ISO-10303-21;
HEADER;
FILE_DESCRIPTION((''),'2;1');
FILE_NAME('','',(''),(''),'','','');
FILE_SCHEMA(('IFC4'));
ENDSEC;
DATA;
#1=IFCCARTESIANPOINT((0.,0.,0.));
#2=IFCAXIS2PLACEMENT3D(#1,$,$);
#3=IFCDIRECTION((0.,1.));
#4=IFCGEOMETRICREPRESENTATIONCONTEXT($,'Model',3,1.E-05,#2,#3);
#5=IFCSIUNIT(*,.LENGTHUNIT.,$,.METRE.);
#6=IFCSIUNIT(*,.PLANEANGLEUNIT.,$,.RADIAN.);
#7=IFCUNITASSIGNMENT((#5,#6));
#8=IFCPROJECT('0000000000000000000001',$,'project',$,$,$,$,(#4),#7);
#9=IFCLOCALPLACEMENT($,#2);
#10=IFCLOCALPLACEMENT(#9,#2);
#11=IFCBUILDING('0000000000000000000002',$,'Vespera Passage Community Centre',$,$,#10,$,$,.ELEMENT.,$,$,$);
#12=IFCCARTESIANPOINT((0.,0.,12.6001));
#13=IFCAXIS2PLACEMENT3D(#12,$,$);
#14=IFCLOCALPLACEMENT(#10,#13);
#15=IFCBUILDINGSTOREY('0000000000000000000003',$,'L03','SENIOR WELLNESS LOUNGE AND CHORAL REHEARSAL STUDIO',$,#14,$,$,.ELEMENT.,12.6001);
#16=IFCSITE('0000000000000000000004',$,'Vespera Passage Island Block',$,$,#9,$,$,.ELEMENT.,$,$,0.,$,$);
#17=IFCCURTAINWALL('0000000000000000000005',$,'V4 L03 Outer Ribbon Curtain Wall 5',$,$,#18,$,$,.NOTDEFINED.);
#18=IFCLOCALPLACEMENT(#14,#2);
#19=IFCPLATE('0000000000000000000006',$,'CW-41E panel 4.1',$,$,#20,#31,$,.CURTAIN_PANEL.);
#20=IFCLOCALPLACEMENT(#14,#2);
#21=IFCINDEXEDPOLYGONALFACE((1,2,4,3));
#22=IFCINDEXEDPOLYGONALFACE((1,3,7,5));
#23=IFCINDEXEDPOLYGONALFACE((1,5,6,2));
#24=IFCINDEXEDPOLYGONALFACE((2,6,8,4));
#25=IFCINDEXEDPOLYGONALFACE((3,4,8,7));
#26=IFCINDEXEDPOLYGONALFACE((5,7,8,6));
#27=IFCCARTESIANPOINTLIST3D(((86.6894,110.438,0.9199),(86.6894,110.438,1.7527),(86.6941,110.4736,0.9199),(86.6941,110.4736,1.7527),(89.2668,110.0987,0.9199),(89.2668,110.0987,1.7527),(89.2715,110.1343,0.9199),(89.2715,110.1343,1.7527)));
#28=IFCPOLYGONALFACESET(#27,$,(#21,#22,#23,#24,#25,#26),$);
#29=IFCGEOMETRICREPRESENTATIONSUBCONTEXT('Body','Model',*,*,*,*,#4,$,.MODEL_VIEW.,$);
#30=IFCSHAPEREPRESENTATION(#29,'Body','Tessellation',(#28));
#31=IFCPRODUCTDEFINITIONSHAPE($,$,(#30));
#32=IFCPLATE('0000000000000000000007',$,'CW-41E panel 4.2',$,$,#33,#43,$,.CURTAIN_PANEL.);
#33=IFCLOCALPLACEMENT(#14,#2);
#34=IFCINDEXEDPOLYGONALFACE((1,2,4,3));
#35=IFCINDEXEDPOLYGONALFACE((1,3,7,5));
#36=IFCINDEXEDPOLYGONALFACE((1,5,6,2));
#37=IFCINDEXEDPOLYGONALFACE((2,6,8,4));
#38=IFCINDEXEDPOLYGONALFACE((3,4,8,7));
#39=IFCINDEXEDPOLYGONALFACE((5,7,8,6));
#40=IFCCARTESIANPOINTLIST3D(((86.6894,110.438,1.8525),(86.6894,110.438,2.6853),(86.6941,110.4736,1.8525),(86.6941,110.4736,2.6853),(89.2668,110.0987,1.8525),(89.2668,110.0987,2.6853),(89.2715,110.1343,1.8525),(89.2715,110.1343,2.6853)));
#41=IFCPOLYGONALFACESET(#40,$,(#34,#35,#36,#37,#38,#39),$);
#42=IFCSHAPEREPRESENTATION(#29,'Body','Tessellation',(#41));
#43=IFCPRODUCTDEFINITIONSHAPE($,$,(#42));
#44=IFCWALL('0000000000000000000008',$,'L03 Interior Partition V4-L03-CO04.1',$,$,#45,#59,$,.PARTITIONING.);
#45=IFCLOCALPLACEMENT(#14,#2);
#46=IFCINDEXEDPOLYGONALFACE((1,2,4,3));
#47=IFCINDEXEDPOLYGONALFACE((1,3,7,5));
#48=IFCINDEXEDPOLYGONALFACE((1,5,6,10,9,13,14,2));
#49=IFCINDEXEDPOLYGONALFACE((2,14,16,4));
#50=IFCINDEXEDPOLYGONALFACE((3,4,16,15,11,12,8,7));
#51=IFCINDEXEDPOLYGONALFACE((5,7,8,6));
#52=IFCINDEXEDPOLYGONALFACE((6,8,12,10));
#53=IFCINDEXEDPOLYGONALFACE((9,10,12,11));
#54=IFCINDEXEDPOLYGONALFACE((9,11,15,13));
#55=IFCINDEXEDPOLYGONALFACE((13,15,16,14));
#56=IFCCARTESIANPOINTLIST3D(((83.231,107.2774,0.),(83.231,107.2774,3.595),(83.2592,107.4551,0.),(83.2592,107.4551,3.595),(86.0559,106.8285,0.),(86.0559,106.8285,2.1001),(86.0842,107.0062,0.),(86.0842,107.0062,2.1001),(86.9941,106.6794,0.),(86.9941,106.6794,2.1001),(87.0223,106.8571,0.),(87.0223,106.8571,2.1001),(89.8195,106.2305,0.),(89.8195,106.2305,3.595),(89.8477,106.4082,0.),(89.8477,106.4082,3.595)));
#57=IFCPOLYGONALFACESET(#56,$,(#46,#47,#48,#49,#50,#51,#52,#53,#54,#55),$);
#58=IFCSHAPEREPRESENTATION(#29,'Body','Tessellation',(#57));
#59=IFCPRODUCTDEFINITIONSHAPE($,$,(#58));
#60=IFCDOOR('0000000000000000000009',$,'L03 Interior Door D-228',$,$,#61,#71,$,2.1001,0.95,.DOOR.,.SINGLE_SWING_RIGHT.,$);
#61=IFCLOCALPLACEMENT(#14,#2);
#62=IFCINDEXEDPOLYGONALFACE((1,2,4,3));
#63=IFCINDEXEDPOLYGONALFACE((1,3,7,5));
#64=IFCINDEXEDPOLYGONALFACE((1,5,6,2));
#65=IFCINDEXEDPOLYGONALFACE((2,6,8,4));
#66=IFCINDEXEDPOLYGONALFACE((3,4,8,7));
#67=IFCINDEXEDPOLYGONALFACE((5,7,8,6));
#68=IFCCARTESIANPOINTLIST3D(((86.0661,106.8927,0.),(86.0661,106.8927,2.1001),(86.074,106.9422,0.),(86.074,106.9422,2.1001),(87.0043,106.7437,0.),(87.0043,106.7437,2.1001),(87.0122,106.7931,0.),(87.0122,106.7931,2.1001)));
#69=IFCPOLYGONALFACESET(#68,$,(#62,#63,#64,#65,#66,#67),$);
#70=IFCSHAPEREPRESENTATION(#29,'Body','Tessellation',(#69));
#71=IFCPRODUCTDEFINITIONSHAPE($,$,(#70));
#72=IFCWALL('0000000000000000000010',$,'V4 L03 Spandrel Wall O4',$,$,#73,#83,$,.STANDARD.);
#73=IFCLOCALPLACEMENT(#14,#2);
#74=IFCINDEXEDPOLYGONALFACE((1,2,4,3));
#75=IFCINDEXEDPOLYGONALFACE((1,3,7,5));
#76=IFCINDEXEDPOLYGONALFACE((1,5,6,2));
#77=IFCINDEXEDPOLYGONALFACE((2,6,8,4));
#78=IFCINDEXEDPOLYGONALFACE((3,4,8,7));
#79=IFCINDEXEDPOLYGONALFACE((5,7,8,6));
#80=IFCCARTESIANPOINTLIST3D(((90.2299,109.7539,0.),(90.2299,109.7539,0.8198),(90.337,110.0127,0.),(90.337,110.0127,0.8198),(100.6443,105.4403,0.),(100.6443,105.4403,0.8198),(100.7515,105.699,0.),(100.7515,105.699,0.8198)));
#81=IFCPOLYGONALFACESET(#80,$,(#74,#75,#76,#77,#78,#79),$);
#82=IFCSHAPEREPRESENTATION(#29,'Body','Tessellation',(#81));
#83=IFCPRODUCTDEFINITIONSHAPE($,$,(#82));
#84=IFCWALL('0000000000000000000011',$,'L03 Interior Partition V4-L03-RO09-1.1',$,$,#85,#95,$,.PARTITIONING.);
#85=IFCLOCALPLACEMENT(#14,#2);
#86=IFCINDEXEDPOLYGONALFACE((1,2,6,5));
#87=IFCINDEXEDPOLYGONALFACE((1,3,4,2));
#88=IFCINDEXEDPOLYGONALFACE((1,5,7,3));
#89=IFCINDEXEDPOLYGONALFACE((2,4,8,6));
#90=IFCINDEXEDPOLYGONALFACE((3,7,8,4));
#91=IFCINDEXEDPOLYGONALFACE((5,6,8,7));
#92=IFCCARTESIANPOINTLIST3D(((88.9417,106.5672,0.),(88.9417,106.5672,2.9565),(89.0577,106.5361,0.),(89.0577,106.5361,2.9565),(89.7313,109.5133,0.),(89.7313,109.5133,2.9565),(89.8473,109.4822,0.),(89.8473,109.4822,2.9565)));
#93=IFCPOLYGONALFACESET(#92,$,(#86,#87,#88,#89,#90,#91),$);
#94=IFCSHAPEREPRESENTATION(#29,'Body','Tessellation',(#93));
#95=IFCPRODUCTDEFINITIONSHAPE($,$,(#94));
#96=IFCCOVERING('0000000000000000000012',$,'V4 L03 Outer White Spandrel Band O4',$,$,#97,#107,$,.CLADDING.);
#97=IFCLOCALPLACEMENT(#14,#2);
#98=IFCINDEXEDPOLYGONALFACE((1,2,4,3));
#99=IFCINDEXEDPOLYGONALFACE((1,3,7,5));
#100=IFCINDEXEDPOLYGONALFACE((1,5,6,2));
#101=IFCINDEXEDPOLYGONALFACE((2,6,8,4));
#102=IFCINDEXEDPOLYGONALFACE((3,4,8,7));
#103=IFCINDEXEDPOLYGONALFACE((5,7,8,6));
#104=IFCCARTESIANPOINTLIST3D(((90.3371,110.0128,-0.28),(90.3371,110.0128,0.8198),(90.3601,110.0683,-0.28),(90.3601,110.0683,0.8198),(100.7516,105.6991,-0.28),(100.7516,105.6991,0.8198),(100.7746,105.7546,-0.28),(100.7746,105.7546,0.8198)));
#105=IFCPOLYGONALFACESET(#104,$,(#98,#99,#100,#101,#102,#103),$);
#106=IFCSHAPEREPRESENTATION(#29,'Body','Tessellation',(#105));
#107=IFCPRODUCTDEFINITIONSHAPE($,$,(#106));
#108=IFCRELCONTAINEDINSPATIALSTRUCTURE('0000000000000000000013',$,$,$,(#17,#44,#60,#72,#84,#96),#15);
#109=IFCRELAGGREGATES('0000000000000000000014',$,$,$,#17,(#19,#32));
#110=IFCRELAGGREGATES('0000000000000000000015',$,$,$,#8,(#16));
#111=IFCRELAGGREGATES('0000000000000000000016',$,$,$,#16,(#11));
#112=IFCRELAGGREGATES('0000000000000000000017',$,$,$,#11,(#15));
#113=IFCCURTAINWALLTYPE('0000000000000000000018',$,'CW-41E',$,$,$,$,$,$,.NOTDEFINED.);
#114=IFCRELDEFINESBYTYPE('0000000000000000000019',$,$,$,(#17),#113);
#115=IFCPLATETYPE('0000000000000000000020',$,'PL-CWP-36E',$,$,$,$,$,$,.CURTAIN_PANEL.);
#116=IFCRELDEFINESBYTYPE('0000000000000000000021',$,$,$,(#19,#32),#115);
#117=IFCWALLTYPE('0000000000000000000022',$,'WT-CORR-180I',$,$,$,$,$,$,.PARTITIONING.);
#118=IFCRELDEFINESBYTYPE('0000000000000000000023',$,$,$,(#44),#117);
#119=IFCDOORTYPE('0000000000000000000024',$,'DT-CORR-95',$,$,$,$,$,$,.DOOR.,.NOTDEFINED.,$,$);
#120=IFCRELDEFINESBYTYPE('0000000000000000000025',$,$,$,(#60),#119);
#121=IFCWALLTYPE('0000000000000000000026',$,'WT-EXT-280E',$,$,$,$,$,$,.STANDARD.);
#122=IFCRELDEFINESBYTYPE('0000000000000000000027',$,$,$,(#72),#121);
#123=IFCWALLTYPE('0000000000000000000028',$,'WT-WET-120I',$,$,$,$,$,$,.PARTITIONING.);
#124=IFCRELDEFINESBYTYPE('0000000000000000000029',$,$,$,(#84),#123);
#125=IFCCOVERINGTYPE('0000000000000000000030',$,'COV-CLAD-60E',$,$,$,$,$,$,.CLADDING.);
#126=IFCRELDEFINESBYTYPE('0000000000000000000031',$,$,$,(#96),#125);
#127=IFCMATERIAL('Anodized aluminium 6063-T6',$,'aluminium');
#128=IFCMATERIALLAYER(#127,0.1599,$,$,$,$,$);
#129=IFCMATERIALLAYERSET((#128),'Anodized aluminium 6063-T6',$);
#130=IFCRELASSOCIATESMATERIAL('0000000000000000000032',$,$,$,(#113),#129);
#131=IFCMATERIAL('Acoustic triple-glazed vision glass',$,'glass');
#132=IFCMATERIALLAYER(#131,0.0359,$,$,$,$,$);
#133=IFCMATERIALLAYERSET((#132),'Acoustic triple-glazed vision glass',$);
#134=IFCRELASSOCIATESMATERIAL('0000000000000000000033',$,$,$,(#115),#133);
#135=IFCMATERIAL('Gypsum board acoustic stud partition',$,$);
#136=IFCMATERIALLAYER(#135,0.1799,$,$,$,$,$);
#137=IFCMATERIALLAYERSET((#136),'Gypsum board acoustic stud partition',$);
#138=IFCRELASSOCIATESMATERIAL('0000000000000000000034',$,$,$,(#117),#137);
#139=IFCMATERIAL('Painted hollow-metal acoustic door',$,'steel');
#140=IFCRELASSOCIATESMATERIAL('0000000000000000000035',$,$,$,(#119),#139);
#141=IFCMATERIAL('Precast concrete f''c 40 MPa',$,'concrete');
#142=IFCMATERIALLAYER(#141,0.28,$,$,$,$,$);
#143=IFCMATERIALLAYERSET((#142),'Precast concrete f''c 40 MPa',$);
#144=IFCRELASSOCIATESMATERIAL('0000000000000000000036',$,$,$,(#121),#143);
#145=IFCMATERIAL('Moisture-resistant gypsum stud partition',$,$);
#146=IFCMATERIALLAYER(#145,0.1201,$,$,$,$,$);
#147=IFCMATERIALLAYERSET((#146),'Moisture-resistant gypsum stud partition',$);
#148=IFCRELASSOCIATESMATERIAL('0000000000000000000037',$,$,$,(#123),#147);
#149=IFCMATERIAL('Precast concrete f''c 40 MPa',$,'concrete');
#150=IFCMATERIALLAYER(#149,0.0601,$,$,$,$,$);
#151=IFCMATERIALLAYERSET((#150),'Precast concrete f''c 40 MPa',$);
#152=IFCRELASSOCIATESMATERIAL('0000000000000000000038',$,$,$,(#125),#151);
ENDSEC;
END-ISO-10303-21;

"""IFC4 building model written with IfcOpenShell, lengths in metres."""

from ifc_helpers import new_model, si_unit, direction, frame, frame_2d, origin, origin_2d, place, context, subcontext, project, spatial, rectangle, extrude, material, layer, layer_set, type_object, element, fill, aggregate, save


model = new_model("IFC4")

# Units and contexts
model_context = context("Model", 3, precision=1e-05, world=origin(), true_north=direction((0.0, 1.0)))
body_context = subcontext(model_context, "Body", "Model", "MODEL_VIEW")
ifc_project = project(units=[si_unit("LENGTHUNIT", "METRE"), si_unit("PLANEANGLEUNIT", "RADIAN")], contexts=[model_context])

# Site, building, storey
site_placement = place(None, origin())
site = spatial("IfcSite", under=ifc_project, at=site_placement, Name="Vespera Passage Island Block", CompositionType="ELEMENT", RefElevation=0.0)
building_placement = place(site_placement, origin())
building = spatial("IfcBuilding", under=site, at=building_placement, Name="Vespera Passage Community Centre", CompositionType="ELEMENT")
storey_placement = place(building_placement, frame((0.0, 0.0, 12.6001)))
storey = spatial("IfcBuildingStorey", under=building, at=storey_placement, Name="L03", Description="SENIOR WELLNESS LOUNGE AND CHORAL REHEARSAL STUDIO", CompositionType="ELEMENT", Elevation=12.6001)

# Curtain wall
ifc_material_1 = material(Name="Anodized aluminium 6063-T6", Category="aluminium")
ifc_layer_1 = layer(ifc_material_1, 0.1599)
ifc_layer_set_1 = layer_set([ifc_layer_1], Name="Anodized aluminium 6063-T6")
curtain_wall_type_1 = type_object("IfcCurtainWallType", Name="CW-41E", PredefinedType="NOTDEFINED", material=ifc_layer_set_1)
curtain_wall_1_placement = place(storey_placement, origin())
curtain_wall_1 = element("IfcCurtainWall", 1, at=curtain_wall_1_placement, inside=storey, type_object=curtain_wall_type_1, Name="V4 L03 Outer Ribbon Curtain Wall 5", PredefinedType="NOTDEFINED")

# Plates
ifc_material_2 = material(Name="Acoustic triple-glazed vision glass", Category="glass")
ifc_layer_2 = layer(ifc_material_2, 0.0359)
ifc_layer_set_2 = layer_set([ifc_layer_2], Name="Acoustic triple-glazed vision glass")
plate_type_1 = type_object("IfcPlateType", Name="PL-CWP-36E", PredefinedType="CURTAIN_PANEL", material=ifc_layer_set_2)
plate_1_placement = place(storey_placement, frame((87.9805, 110.2861, 0.9199), z_axis=(0.0, 0.0, 1.0), x_axis=(0.991444, -0.130531, 0.0)))
plate_1 = element("IfcPlate", 2, at=plate_1_placement, type_object=plate_type_1, Name="CW-41E panel 4.1", PredefinedType="CURTAIN_PANEL", context=body_context, shape_type="SweptSolid", body=[
    extrude(rectangle(XDim=2.5996, YDim=0.0359, at=origin_2d()), origin(), (0.0, 0.0, 1.0), 0.8328),
])
plate_2_placement = place(storey_placement, frame((87.9805, 110.2861, 1.8525), z_axis=(0.0, 0.0, 1.0), x_axis=(0.991444, -0.130531, 0.0)))
plate_2 = element("IfcPlate", 3, at=plate_2_placement, type_object=plate_type_1, Name="CW-41E panel 4.2", PredefinedType="CURTAIN_PANEL", context=body_context, shape_type="SweptSolid", body=[
    extrude(rectangle(XDim=2.5996, YDim=0.0359, at=origin_2d()), origin(), (0.0, 0.0, 1.0), 0.8328),
])
aggregate(curtain_wall_1, [plate_1, plate_2])

# Wall, opening, door
ifc_material_3 = material(Name="Gypsum board acoustic stud partition")
ifc_layer_3 = layer(ifc_material_3, 0.1799)
ifc_layer_set_3 = layer_set([ifc_layer_3], Name="Gypsum board acoustic stud partition")
wall_type_1 = type_object("IfcWallType", Name="WT-CORR-180I", PredefinedType="PARTITIONING", material=ifc_layer_set_3)
wall_1_placement = place(storey_placement, frame((89.8335, 106.3193, 0.0), z_axis=(0.0, 0.0, 1.0), x_axis=(-0.98761, 0.156928, 0.0)))
wall_1 = element("IfcWall", 4, at=wall_1_placement, inside=storey, type_object=wall_type_1, Name="L03 Interior Partition V4-L03-CO04.1", PredefinedType="PARTITIONING", context=body_context, shape_type="SweptSolid", body=[
    extrude(rectangle(XDim=6.6711, YDim=0.1799, at=frame_2d((3.3354, 0.0))), origin(), (0.0, 0.0, 1.0), 3.595),
])
opening_placement = place(wall_1_placement, frame((2.8606, 0.0, 0.0)))
opening = element("IfcOpeningElement", 5, at=opening_placement, cuts=wall_1, PredefinedType="OPENING", context=body_context, shape_type="SweptSolid", body=[
    extrude(rectangle(XDim=0.95, YDim=2.1001, at=frame_2d((0.4751, 1.05))), frame((0.0, 0.0999, 0.0), z_axis=(0.0, -1.0, 0.0), x_axis=(1.0, 0.0, 0.0)), (0.0, 0.0, 1.0), 0.2),
])
ifc_material_4 = material(Name="Painted hollow-metal acoustic door", Category="steel")
door_type = type_object("IfcDoorType", Name="DT-CORR-95", OperationType="NOTDEFINED", PredefinedType="DOOR", material=ifc_material_4)
door_placement = place(opening_placement, origin())
door = element("IfcDoor", 6, at=door_placement, inside=storey, type_object=door_type, Name="L03 Interior Door D-228", OperationType="SINGLE_SWING_RIGHT", OverallHeight=2.1001, OverallWidth=0.95, PredefinedType="DOOR", context=body_context, shape_type="SweptSolid", body=[
    extrude(rectangle(XDim=0.95, YDim=2.1001, at=frame_2d((0.4751, 1.05))), frame((0.0, 0.0249, 0.0), z_axis=(0.0, -1.0, 0.0), x_axis=(1.0, 0.0, 0.0)), (0.0, 0.0, 1.0), 0.05),
])
fill(opening, door)

# Walls
ifc_material_5 = material(Name="Precast concrete f'c 40 MPa", Category="concrete")
ifc_layer_4 = layer(ifc_material_5, 0.28)
ifc_layer_set_4 = layer_set([ifc_layer_4], Name="Precast concrete f'c 40 MPa")
wall_type_2 = type_object("IfcWallType", Name="WT-EXT-280E", PredefinedType="STANDARD", material=ifc_layer_set_4)
wall_2_placement = place(storey_placement, frame((90.2834, 109.8833, 0.0), z_axis=(0.0, 0.0, 1.0), x_axis=(0.923884, -0.382674, 0.0)))
element("IfcWall", 7, at=wall_2_placement, inside=storey, type_object=wall_type_2, Name="V4 L03 Spandrel Wall O4", PredefinedType="STANDARD", context=body_context, shape_type="SweptSolid", body=[
    extrude(rectangle(XDim=11.2725, YDim=0.28, at=frame_2d((5.6362, 0.0))), origin(), (0.0, 0.0, 1.0), 0.8198),
])
ifc_material_6 = material(Name="Moisture-resistant gypsum stud partition")
ifc_layer_5 = layer(ifc_material_6, 0.1201)
ifc_layer_set_5 = layer_set([ifc_layer_5], Name="Moisture-resistant gypsum stud partition")
wall_type_3 = type_object("IfcWallType", Name="WT-WET-120I", PredefinedType="PARTITIONING", material=ifc_layer_set_5)
wall_3_placement = place(storey_placement, frame((88.9998, 106.5518, 0.0), z_axis=(0.0, 0.0, 1.0), x_axis=(0.258868, 0.965913, 0.0)))
element("IfcWall", 8, at=wall_3_placement, inside=storey, type_object=wall_type_3, Name="L03 Interior Partition V4-L03-RO09-1.1", PredefinedType="PARTITIONING", context=body_context, shape_type="SweptSolid", body=[
    extrude(rectangle(XDim=3.05, YDim=0.1201, at=frame_2d((1.5249, 0.0))), origin(), (0.0, 0.0, 1.0), 2.9565),
])

# Covering
ifc_material_7 = material(Name="Precast concrete f'c 40 MPa", Category="concrete")
ifc_layer_6 = layer(ifc_material_7, 0.0601)
ifc_layer_set_6 = layer_set([ifc_layer_6], Name="Precast concrete f'c 40 MPa")
covering_type = type_object("IfcCoveringType", Name="COV-CLAD-60E", PredefinedType="CLADDING", material=ifc_layer_set_6)
covering_placement = place(storey_placement, frame((90.3486, 110.0405, -0.28), z_axis=(0.0, 0.0, 1.0), x_axis=(0.923884, -0.382674, 0.0)))
element("IfcCovering", 9, at=covering_placement, inside=storey, type_object=covering_type, Name="V4 L03 Outer White Spandrel Band O4", PredefinedType="CLADDING", context=body_context, shape_type="SweptSolid", body=[
    extrude(rectangle(XDim=11.2725, YDim=0.0601, at=frame_2d((5.6362, 0.0))), origin(), (0.0, 0.0, 1.0), 1.0999),
])

save(model, "model.ifc")
